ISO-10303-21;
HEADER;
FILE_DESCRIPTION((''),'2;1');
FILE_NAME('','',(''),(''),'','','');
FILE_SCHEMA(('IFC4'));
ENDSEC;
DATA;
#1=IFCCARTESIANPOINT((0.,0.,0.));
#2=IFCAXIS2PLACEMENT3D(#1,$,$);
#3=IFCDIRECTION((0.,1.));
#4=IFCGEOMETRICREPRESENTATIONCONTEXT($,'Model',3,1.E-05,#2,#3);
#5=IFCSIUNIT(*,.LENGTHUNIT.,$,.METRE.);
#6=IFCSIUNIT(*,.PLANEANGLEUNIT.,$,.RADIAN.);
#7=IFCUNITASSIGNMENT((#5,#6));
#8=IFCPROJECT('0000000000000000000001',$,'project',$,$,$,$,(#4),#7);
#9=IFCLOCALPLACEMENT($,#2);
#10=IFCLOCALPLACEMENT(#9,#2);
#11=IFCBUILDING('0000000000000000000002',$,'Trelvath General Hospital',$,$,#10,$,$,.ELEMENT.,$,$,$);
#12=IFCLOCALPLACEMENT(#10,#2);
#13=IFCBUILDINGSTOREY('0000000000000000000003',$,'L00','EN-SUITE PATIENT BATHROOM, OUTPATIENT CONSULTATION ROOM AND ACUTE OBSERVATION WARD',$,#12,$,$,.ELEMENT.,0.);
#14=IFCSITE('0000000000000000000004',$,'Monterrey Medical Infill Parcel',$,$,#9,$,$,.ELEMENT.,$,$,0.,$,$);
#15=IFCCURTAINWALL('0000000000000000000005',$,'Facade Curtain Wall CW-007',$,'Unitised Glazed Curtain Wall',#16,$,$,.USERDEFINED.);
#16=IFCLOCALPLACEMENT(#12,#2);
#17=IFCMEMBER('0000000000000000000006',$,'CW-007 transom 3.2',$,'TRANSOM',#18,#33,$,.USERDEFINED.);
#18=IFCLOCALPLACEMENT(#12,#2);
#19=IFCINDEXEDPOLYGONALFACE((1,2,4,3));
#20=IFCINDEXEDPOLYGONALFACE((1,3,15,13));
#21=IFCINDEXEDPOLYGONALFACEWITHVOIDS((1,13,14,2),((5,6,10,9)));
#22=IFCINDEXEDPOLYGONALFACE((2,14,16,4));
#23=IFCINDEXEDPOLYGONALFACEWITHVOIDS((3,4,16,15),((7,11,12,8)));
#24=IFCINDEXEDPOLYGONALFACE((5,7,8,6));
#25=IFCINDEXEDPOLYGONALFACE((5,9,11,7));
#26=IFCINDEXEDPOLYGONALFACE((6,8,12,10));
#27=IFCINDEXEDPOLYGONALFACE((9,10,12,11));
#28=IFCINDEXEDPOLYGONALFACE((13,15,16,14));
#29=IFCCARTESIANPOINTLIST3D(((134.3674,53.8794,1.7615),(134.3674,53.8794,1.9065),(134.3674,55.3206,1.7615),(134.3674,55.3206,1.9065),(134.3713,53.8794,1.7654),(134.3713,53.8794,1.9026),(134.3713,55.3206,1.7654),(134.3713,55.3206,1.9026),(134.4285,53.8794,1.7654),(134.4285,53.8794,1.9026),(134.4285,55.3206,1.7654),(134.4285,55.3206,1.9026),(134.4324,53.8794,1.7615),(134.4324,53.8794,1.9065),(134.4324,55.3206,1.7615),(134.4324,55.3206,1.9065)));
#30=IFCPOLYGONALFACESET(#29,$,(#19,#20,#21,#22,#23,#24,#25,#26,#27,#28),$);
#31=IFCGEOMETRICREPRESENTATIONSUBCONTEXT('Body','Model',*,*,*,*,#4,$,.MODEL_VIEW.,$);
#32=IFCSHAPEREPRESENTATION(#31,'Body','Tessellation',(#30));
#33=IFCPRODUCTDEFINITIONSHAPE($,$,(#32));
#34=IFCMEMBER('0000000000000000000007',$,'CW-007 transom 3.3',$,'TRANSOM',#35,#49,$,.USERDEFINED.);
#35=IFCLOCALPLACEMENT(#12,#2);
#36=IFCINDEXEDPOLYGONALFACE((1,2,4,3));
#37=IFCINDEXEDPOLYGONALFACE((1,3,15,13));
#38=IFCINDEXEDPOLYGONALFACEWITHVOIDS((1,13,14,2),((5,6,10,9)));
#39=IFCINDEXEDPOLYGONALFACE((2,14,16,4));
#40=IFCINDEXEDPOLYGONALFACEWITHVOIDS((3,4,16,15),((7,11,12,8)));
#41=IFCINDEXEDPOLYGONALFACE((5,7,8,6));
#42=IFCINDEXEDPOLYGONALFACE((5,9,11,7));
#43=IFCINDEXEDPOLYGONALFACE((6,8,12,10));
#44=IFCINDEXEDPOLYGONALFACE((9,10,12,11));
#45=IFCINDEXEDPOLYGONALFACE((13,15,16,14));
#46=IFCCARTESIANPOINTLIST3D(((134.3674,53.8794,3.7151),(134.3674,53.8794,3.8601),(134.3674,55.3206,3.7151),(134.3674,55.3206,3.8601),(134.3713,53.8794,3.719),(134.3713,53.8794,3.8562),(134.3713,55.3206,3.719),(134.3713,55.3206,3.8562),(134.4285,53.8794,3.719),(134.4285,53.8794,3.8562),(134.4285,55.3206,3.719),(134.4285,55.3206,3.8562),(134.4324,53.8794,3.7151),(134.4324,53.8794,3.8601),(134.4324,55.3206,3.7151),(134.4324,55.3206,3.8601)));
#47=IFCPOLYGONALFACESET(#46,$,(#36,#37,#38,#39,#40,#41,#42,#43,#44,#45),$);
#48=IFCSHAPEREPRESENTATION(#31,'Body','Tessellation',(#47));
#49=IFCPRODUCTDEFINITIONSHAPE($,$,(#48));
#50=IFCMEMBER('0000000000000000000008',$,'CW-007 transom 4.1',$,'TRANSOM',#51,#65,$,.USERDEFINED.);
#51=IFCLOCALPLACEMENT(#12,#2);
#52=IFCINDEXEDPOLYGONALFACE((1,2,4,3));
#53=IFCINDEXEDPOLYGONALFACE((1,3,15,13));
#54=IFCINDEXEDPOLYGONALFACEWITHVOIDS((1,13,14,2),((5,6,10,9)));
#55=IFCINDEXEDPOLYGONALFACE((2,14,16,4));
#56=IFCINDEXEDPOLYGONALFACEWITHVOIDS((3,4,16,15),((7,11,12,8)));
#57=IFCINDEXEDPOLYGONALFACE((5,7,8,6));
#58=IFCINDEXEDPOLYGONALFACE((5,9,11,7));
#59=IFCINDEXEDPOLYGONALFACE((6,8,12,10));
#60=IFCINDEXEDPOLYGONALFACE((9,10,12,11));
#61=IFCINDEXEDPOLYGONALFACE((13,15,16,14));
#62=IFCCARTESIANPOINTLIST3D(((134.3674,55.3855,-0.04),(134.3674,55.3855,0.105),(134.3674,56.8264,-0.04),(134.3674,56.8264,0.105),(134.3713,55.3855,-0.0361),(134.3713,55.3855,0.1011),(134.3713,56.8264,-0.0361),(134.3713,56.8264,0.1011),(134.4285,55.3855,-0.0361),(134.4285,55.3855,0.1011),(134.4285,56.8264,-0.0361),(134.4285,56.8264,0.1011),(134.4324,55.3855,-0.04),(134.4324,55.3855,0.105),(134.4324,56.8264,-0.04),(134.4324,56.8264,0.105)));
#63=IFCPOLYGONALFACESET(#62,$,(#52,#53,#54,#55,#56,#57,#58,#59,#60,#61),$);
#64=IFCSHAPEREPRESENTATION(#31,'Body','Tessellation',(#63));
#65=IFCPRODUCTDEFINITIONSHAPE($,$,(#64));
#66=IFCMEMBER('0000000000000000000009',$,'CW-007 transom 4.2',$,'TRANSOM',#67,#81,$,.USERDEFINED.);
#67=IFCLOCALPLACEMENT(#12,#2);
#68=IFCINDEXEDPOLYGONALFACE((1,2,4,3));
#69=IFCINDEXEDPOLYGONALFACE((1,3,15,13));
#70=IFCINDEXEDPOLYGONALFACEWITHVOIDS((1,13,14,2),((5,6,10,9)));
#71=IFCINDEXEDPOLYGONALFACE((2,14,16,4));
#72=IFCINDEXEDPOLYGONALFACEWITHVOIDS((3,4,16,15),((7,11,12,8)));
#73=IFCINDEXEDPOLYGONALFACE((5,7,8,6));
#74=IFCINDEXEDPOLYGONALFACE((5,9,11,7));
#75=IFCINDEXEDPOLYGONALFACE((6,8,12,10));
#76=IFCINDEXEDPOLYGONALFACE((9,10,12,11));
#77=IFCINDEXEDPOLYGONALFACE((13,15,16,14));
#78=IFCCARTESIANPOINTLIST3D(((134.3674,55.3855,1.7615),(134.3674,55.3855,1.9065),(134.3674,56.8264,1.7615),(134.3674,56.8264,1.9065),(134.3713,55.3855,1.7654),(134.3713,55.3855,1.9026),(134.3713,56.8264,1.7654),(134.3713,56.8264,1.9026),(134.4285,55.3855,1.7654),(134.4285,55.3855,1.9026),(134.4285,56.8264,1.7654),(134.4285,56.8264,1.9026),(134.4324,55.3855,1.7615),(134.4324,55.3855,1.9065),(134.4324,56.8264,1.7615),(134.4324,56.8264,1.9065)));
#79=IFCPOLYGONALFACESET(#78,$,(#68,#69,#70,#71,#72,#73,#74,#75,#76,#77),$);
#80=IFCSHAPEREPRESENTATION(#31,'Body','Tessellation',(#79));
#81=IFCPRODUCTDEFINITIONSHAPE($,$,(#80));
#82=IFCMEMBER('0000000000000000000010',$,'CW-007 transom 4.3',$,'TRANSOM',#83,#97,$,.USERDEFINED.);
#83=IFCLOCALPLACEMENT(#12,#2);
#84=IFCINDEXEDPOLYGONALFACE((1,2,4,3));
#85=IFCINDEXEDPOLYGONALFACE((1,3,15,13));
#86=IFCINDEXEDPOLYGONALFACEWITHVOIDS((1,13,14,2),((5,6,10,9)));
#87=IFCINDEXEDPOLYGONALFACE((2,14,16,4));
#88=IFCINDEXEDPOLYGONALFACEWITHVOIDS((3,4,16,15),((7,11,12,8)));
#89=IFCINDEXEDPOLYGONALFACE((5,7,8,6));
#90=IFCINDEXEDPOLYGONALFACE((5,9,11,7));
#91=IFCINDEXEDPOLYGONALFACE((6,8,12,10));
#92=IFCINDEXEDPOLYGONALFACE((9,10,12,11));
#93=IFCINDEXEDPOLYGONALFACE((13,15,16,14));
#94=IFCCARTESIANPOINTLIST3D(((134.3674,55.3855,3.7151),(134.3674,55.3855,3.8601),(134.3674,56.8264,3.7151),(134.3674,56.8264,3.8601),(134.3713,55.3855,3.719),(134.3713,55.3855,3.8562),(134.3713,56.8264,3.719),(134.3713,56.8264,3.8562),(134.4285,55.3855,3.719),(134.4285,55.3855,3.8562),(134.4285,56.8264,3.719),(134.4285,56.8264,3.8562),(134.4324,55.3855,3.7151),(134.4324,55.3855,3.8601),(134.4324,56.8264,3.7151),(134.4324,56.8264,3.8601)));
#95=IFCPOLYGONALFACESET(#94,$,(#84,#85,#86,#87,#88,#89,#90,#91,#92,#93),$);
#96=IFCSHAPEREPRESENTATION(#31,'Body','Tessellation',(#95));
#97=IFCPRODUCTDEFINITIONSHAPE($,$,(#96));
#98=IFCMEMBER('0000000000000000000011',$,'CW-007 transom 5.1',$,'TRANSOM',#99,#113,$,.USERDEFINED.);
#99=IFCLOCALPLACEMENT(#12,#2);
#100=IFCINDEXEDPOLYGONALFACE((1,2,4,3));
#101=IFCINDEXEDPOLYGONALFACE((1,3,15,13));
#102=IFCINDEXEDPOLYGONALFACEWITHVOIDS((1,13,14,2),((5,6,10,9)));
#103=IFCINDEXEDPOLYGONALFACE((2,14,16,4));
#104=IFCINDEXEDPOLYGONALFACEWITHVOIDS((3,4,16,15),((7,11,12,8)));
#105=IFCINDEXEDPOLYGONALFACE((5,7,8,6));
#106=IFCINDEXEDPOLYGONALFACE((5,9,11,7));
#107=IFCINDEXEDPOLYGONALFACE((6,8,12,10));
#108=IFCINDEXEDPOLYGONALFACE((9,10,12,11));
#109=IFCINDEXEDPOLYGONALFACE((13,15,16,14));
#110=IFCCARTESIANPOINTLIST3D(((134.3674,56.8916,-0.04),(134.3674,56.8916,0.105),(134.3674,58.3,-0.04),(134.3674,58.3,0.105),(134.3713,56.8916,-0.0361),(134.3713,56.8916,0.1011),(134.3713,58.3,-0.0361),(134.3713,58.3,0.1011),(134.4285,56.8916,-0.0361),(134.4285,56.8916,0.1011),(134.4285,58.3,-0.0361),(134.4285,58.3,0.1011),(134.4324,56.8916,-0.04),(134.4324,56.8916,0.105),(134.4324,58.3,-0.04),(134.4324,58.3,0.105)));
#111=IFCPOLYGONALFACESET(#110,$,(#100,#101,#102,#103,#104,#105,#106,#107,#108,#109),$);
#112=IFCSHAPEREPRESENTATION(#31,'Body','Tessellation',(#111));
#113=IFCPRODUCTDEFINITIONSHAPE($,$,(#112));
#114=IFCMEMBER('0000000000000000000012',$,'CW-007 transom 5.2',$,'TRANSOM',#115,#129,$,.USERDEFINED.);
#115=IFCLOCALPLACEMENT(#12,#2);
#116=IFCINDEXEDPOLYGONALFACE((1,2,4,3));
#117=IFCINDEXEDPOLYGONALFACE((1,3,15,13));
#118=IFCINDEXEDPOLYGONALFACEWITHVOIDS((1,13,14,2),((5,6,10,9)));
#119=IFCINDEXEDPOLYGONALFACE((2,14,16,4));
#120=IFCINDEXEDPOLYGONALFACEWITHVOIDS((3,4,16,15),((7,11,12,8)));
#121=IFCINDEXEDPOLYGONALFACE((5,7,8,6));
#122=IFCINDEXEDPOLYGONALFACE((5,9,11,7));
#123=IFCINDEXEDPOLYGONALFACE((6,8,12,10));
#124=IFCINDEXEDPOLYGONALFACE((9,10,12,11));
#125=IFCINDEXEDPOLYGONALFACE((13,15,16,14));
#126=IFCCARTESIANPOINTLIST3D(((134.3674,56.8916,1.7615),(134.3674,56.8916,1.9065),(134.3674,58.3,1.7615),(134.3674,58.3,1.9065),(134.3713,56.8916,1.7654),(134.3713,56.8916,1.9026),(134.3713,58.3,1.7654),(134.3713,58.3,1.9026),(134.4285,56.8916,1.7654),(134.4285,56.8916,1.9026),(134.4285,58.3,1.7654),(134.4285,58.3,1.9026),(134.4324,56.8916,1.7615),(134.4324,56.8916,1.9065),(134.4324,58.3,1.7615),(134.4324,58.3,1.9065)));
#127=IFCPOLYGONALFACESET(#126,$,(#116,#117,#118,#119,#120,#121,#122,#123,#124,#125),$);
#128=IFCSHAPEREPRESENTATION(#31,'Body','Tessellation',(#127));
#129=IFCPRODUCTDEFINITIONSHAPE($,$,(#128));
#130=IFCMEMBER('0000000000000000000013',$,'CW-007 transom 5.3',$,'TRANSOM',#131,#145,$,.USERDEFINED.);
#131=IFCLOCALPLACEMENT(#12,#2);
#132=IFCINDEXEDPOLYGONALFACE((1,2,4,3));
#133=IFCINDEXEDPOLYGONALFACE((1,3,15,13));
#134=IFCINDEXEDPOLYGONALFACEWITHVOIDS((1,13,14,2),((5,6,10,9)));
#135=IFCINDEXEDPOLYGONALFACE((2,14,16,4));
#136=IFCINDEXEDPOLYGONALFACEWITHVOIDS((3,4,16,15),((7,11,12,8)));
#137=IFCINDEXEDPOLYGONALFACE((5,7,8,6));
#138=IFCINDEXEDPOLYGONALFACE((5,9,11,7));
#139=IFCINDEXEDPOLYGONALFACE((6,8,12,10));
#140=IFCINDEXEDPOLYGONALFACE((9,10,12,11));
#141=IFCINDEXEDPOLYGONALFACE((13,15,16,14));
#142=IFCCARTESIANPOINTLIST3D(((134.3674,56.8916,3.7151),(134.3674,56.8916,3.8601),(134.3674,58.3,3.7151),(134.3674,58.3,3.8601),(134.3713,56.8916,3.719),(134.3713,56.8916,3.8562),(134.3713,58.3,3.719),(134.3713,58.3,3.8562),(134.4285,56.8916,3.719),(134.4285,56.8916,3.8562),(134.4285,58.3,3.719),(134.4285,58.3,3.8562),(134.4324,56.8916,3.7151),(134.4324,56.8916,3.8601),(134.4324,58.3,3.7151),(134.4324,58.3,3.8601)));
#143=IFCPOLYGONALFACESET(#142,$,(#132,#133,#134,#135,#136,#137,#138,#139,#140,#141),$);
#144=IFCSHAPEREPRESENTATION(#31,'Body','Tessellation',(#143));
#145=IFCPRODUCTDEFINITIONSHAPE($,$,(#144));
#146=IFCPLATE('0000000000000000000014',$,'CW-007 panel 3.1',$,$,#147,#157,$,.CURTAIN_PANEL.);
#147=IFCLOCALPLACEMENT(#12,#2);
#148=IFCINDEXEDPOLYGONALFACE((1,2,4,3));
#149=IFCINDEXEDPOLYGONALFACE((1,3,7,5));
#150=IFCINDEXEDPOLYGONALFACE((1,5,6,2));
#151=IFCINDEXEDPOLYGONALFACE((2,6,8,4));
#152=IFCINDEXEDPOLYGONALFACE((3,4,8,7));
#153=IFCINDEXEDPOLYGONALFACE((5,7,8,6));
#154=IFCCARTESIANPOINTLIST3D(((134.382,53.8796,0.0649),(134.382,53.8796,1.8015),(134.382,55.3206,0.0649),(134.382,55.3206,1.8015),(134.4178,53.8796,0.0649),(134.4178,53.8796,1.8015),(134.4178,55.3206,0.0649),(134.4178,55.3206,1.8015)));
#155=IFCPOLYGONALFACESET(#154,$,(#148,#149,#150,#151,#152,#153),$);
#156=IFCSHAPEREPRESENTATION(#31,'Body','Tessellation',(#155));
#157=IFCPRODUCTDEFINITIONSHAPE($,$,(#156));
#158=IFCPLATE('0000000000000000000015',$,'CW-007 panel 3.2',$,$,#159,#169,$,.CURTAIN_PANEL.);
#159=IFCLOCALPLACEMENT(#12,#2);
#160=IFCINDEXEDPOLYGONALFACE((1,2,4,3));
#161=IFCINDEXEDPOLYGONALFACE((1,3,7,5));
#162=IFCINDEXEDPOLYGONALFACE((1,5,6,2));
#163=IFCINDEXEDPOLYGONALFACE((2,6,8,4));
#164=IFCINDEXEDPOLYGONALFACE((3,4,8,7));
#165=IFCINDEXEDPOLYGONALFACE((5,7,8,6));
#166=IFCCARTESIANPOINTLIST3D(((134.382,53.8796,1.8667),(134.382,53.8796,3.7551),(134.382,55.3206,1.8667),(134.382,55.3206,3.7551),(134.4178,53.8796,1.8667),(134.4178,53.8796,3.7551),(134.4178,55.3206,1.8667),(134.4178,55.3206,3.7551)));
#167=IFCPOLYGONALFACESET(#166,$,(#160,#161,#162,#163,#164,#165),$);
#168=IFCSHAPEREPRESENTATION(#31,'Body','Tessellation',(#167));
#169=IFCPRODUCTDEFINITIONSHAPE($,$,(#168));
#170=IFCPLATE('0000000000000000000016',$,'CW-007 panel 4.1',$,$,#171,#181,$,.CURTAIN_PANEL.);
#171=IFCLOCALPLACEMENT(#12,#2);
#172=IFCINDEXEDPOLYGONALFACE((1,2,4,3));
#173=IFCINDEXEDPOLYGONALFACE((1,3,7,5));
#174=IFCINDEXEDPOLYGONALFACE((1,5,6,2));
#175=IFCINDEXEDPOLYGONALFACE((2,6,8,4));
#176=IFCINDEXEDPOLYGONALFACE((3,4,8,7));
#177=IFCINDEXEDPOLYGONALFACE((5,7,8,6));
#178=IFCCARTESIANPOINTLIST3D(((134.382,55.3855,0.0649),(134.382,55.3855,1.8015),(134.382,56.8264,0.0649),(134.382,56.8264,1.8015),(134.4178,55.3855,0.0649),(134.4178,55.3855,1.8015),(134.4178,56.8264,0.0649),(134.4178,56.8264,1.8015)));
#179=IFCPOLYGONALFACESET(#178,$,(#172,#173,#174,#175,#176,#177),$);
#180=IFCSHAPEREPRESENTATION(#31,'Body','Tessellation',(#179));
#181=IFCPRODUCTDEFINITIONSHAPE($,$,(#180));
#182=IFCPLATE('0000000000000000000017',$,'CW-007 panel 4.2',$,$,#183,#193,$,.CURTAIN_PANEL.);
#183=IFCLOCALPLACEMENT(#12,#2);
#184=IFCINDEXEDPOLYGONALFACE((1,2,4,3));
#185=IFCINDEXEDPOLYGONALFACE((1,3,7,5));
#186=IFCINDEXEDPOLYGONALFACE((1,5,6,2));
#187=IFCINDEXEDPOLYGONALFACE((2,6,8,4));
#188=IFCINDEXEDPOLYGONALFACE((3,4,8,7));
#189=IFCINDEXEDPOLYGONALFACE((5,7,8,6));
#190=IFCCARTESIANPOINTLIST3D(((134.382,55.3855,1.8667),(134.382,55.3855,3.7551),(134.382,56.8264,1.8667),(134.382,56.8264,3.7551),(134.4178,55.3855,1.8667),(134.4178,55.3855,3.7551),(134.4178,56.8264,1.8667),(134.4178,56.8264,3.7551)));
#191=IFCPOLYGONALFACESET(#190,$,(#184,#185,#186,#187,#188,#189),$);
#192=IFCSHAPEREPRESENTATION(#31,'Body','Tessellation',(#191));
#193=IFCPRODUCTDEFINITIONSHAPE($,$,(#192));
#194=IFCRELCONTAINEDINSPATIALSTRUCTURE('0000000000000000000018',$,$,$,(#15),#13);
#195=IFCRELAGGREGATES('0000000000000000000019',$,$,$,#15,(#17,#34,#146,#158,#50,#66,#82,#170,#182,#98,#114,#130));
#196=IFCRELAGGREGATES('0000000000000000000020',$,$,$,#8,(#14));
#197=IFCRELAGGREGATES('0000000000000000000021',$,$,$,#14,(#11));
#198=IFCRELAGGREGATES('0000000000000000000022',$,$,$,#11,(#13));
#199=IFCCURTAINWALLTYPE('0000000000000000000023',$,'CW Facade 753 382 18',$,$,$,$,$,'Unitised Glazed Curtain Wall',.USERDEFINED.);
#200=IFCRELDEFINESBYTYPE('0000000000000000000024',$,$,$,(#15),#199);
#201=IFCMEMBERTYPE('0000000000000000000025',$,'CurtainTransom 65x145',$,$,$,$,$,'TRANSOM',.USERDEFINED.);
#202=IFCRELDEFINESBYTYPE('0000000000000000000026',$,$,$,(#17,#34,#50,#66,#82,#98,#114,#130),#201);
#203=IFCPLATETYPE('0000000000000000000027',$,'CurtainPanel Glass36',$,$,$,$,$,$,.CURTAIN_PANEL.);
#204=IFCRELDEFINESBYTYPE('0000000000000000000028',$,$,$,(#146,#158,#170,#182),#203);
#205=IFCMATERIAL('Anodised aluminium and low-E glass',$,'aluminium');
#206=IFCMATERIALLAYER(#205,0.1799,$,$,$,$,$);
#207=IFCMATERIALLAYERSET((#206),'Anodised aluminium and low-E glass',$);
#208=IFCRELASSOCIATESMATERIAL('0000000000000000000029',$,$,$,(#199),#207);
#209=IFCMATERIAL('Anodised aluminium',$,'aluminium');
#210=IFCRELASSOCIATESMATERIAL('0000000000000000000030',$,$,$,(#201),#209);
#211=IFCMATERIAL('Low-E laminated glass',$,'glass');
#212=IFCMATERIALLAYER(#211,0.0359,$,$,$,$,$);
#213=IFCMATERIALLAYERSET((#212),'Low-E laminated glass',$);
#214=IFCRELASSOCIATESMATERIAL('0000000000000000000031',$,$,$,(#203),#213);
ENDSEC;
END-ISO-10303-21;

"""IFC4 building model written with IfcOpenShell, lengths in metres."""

from ifc_helpers import new_model, si_unit, direction, frame, origin, origin_2d, place, context, subcontext, project, spatial, rectangle, hollow_rectangle, extrude, material, layer, layer_set, material_profile, profile_set, type_object, element, aggregate, save


model = new_model("IFC4")

# Units and contexts
model_context = context("Model", 3, precision=1e-05, world=origin(), true_north=direction((0.0, 1.0)))
body_context = subcontext(model_context, "Body", "Model", "MODEL_VIEW")
ifc_project = project(units=[si_unit("LENGTHUNIT", "METRE"), si_unit("PLANEANGLEUNIT", "RADIAN")], contexts=[model_context])

# Site, building, storey
site_placement = place(None, origin())
site = spatial("IfcSite", under=ifc_project, at=site_placement, Name="Monterrey Medical Infill Parcel", CompositionType="ELEMENT", RefElevation=0.0)
building_placement = place(site_placement, origin())
building = spatial("IfcBuilding", under=site, at=building_placement, Name="Trelvath General Hospital", CompositionType="ELEMENT")
storey_placement = place(building_placement, origin())
storey = spatial("IfcBuildingStorey", under=building, at=storey_placement, Name="L00", Description="EN-SUITE PATIENT BATHROOM, OUTPATIENT CONSULTATION ROOM AND ACUTE OBSERVATION WARD", CompositionType="ELEMENT", Elevation=0.0)

# Curtain wall, members, plates
ifc_material_1 = material(Name="Anodised aluminium and low-E glass", Category="aluminium")
ifc_layer_1 = layer(ifc_material_1, 0.1799)
ifc_layer_set_1 = layer_set([ifc_layer_1], Name="Anodised aluminium and low-E glass")
curtain_wall_type = type_object("IfcCurtainWallType", Name="CW Facade 753 382 18", ElementType="Unitised Glazed Curtain Wall", PredefinedType="USERDEFINED", material=ifc_layer_set_1)
curtain_wall_placement = place(storey_placement, origin())
curtain_wall = element("IfcCurtainWall", 1, at=curtain_wall_placement, inside=storey, type_object=curtain_wall_type, Name="Facade Curtain Wall CW-007", ObjectType="Unitised Glazed Curtain Wall", PredefinedType="USERDEFINED")
ifc_material_2 = material(Name="Anodised aluminium", Category="aluminium")
ifc_material_profile_1 = material_profile(ifc_material_2, hollow_rectangle(XDim=0.0649, YDim=0.145, WallThickness=0.0039, at=origin_2d()), Name="RHS65x145x4")
ifc_profile_set_1 = profile_set([ifc_material_profile_1], Name="Anodised aluminium")
member_type_1 = type_object("IfcMemberType", Name="CurtainTransom 65x145", ElementType="TRANSOM", PredefinedType="USERDEFINED", material=ifc_profile_set_1)
member_1_placement = place(storey_placement, frame((134.3999, 53.8794, 1.834), z_axis=(0.0, 1.0, 0.0), x_axis=(-1.0, 0.0, 0.0)))
member_1 = element("IfcMember", 2, at=member_1_placement, type_object=member_type_1, Name="CW-007 transom 3.2", ObjectType="TRANSOM", PredefinedType="USERDEFINED", context=body_context, shape_type="SweptSolid", body=[
    extrude(hollow_rectangle(XDim=0.0649, YDim=0.145, WallThickness=0.0039, at=origin_2d()), origin(), (0.0, 0.0, 1.0), 1.4412),
])
member_2_placement = place(storey_placement, frame((134.3999, 53.8794, 3.7876), z_axis=(0.0, 1.0, 0.0), x_axis=(-1.0, 0.0, 0.0)))
member_2 = element("IfcMember", 3, at=member_2_placement, type_object=member_type_1, Name="CW-007 transom 3.3", ObjectType="TRANSOM", PredefinedType="USERDEFINED", context=body_context, shape_type="SweptSolid", body=[
    extrude(hollow_rectangle(XDim=0.0649, YDim=0.145, WallThickness=0.0039, at=origin_2d()), origin(), (0.0, 0.0, 1.0), 1.4412),
])
member_3_placement = place(storey_placement, frame((134.3999, 55.3855, 0.0325), z_axis=(0.0, 1.0, 0.0), x_axis=(-1.0, 0.0, 0.0)))
member_3 = element("IfcMember", 4, at=member_3_placement, type_object=member_type_1, Name="CW-007 transom 4.1", ObjectType="TRANSOM", PredefinedType="USERDEFINED", context=body_context, shape_type="SweptSolid", body=[
    extrude(hollow_rectangle(XDim=0.0649, YDim=0.145, WallThickness=0.0039, at=origin_2d()), origin(), (0.0, 0.0, 1.0), 1.4409),
])
member_4_placement = place(storey_placement, frame((134.3999, 55.3855, 1.834), z_axis=(0.0, 1.0, 0.0), x_axis=(-1.0, 0.0, 0.0)))
member_4 = element("IfcMember", 5, at=member_4_placement, type_object=member_type_1, Name="CW-007 transom 4.2", ObjectType="TRANSOM", PredefinedType="USERDEFINED", context=body_context, shape_type="SweptSolid", body=[
    extrude(hollow_rectangle(XDim=0.0649, YDim=0.145, WallThickness=0.0039, at=origin_2d()), origin(), (0.0, 0.0, 1.0), 1.4409),
])
member_5_placement = place(storey_placement, frame((134.3999, 55.3855, 3.7876), z_axis=(0.0, 1.0, 0.0), x_axis=(-1.0, 0.0, 0.0)))
member_5 = element("IfcMember", 6, at=member_5_placement, type_object=member_type_1, Name="CW-007 transom 4.3", ObjectType="TRANSOM", PredefinedType="USERDEFINED", context=body_context, shape_type="SweptSolid", body=[
    extrude(hollow_rectangle(XDim=0.0649, YDim=0.145, WallThickness=0.0039, at=origin_2d()), origin(), (0.0, 0.0, 1.0), 1.4409),
])
member_6_placement = place(storey_placement, frame((134.3999, 56.8916, 0.0325), z_axis=(0.0, 1.0, 0.0), x_axis=(-1.0, 0.0, 0.0)))
member_6 = element("IfcMember", 7, at=member_6_placement, type_object=member_type_1, Name="CW-007 transom 5.1", ObjectType="TRANSOM", PredefinedType="USERDEFINED", context=body_context, shape_type="SweptSolid", body=[
    extrude(hollow_rectangle(XDim=0.0649, YDim=0.145, WallThickness=0.0039, at=origin_2d()), origin(), (0.0, 0.0, 1.0), 1.4084),
])
member_7_placement = place(storey_placement, frame((134.3999, 56.8916, 1.834), z_axis=(0.0, 1.0, 0.0), x_axis=(-1.0, 0.0, 0.0)))
member_7 = element("IfcMember", 8, at=member_7_placement, type_object=member_type_1, Name="CW-007 transom 5.2", ObjectType="TRANSOM", PredefinedType="USERDEFINED", context=body_context, shape_type="SweptSolid", body=[
    extrude(hollow_rectangle(XDim=0.0649, YDim=0.145, WallThickness=0.0039, at=origin_2d()), origin(), (0.0, 0.0, 1.0), 1.4084),
])
member_8_placement = place(storey_placement, frame((134.3999, 56.8916, 3.7876), z_axis=(0.0, 1.0, 0.0), x_axis=(-1.0, 0.0, 0.0)))
member_8 = element("IfcMember", 9, at=member_8_placement, type_object=member_type_1, Name="CW-007 transom 5.3", ObjectType="TRANSOM", PredefinedType="USERDEFINED", context=body_context, shape_type="SweptSolid", body=[
    extrude(hollow_rectangle(XDim=0.0649, YDim=0.145, WallThickness=0.0039, at=origin_2d()), origin(), (0.0, 0.0, 1.0), 1.4084),
])
ifc_material_3 = material(Name="Low-E laminated glass", Category="glass")
ifc_layer_2 = layer(ifc_material_3, 0.0359)
ifc_layer_set_2 = layer_set([ifc_layer_2], Name="Low-E laminated glass")
plate_type = type_object("IfcPlateType", Name="CurtainPanel Glass36", PredefinedType="CURTAIN_PANEL", material=ifc_layer_set_2)
plate_1_placement = place(storey_placement, frame((134.3999, 54.6001, 0.0649), z_axis=(0.0, 0.0, 1.0), x_axis=(0.0, 1.0, 0.0)))
plate_1 = element("IfcPlate", 10, at=plate_1_placement, type_object=plate_type, Name="CW-007 panel 3.1", PredefinedType="CURTAIN_PANEL", context=body_context, shape_type="SweptSolid", body=[
    extrude(rectangle(XDim=1.4409, YDim=0.0359, at=origin_2d()), origin(), (0.0, 0.0, 1.0), 1.7366),
])
plate_2_placement = place(storey_placement, frame((134.3999, 54.6001, 1.8667), z_axis=(0.0, 0.0, 1.0), x_axis=(0.0, 1.0, 0.0)))
plate_2 = element("IfcPlate", 11, at=plate_2_placement, type_object=plate_type, Name="CW-007 panel 3.2", PredefinedType="CURTAIN_PANEL", context=body_context, shape_type="SweptSolid", body=[
    extrude(rectangle(XDim=1.4409, YDim=0.0359, at=origin_2d()), origin(), (0.0, 0.0, 1.0), 1.8884),
])
plate_3_placement = place(storey_placement, frame((134.3999, 56.106, 0.0649), z_axis=(0.0, 0.0, 1.0), x_axis=(0.0, 1.0, 0.0)))
plate_3 = element("IfcPlate", 12, at=plate_3_placement, type_object=plate_type, Name="CW-007 panel 4.1", PredefinedType="CURTAIN_PANEL", context=body_context, shape_type="SweptSolid", body=[
    extrude(rectangle(XDim=1.4409, YDim=0.0359, at=origin_2d()), origin(), (0.0, 0.0, 1.0), 1.7366),
])
plate_4_placement = place(storey_placement, frame((134.3999, 56.106, 1.8667), z_axis=(0.0, 0.0, 1.0), x_axis=(0.0, 1.0, 0.0)))
plate_4 = element("IfcPlate", 13, at=plate_4_placement, type_object=plate_type, Name="CW-007 panel 4.2", PredefinedType="CURTAIN_PANEL", context=body_context, shape_type="SweptSolid", body=[
    extrude(rectangle(XDim=1.4409, YDim=0.0359, at=origin_2d()), origin(), (0.0, 0.0, 1.0), 1.8884),
])
aggregate(curtain_wall, [member_1, member_2, plate_1, plate_2, member_3, member_4, member_5, plate_3, plate_4, member_6, member_7, member_8])

save(model, "model.ifc")
